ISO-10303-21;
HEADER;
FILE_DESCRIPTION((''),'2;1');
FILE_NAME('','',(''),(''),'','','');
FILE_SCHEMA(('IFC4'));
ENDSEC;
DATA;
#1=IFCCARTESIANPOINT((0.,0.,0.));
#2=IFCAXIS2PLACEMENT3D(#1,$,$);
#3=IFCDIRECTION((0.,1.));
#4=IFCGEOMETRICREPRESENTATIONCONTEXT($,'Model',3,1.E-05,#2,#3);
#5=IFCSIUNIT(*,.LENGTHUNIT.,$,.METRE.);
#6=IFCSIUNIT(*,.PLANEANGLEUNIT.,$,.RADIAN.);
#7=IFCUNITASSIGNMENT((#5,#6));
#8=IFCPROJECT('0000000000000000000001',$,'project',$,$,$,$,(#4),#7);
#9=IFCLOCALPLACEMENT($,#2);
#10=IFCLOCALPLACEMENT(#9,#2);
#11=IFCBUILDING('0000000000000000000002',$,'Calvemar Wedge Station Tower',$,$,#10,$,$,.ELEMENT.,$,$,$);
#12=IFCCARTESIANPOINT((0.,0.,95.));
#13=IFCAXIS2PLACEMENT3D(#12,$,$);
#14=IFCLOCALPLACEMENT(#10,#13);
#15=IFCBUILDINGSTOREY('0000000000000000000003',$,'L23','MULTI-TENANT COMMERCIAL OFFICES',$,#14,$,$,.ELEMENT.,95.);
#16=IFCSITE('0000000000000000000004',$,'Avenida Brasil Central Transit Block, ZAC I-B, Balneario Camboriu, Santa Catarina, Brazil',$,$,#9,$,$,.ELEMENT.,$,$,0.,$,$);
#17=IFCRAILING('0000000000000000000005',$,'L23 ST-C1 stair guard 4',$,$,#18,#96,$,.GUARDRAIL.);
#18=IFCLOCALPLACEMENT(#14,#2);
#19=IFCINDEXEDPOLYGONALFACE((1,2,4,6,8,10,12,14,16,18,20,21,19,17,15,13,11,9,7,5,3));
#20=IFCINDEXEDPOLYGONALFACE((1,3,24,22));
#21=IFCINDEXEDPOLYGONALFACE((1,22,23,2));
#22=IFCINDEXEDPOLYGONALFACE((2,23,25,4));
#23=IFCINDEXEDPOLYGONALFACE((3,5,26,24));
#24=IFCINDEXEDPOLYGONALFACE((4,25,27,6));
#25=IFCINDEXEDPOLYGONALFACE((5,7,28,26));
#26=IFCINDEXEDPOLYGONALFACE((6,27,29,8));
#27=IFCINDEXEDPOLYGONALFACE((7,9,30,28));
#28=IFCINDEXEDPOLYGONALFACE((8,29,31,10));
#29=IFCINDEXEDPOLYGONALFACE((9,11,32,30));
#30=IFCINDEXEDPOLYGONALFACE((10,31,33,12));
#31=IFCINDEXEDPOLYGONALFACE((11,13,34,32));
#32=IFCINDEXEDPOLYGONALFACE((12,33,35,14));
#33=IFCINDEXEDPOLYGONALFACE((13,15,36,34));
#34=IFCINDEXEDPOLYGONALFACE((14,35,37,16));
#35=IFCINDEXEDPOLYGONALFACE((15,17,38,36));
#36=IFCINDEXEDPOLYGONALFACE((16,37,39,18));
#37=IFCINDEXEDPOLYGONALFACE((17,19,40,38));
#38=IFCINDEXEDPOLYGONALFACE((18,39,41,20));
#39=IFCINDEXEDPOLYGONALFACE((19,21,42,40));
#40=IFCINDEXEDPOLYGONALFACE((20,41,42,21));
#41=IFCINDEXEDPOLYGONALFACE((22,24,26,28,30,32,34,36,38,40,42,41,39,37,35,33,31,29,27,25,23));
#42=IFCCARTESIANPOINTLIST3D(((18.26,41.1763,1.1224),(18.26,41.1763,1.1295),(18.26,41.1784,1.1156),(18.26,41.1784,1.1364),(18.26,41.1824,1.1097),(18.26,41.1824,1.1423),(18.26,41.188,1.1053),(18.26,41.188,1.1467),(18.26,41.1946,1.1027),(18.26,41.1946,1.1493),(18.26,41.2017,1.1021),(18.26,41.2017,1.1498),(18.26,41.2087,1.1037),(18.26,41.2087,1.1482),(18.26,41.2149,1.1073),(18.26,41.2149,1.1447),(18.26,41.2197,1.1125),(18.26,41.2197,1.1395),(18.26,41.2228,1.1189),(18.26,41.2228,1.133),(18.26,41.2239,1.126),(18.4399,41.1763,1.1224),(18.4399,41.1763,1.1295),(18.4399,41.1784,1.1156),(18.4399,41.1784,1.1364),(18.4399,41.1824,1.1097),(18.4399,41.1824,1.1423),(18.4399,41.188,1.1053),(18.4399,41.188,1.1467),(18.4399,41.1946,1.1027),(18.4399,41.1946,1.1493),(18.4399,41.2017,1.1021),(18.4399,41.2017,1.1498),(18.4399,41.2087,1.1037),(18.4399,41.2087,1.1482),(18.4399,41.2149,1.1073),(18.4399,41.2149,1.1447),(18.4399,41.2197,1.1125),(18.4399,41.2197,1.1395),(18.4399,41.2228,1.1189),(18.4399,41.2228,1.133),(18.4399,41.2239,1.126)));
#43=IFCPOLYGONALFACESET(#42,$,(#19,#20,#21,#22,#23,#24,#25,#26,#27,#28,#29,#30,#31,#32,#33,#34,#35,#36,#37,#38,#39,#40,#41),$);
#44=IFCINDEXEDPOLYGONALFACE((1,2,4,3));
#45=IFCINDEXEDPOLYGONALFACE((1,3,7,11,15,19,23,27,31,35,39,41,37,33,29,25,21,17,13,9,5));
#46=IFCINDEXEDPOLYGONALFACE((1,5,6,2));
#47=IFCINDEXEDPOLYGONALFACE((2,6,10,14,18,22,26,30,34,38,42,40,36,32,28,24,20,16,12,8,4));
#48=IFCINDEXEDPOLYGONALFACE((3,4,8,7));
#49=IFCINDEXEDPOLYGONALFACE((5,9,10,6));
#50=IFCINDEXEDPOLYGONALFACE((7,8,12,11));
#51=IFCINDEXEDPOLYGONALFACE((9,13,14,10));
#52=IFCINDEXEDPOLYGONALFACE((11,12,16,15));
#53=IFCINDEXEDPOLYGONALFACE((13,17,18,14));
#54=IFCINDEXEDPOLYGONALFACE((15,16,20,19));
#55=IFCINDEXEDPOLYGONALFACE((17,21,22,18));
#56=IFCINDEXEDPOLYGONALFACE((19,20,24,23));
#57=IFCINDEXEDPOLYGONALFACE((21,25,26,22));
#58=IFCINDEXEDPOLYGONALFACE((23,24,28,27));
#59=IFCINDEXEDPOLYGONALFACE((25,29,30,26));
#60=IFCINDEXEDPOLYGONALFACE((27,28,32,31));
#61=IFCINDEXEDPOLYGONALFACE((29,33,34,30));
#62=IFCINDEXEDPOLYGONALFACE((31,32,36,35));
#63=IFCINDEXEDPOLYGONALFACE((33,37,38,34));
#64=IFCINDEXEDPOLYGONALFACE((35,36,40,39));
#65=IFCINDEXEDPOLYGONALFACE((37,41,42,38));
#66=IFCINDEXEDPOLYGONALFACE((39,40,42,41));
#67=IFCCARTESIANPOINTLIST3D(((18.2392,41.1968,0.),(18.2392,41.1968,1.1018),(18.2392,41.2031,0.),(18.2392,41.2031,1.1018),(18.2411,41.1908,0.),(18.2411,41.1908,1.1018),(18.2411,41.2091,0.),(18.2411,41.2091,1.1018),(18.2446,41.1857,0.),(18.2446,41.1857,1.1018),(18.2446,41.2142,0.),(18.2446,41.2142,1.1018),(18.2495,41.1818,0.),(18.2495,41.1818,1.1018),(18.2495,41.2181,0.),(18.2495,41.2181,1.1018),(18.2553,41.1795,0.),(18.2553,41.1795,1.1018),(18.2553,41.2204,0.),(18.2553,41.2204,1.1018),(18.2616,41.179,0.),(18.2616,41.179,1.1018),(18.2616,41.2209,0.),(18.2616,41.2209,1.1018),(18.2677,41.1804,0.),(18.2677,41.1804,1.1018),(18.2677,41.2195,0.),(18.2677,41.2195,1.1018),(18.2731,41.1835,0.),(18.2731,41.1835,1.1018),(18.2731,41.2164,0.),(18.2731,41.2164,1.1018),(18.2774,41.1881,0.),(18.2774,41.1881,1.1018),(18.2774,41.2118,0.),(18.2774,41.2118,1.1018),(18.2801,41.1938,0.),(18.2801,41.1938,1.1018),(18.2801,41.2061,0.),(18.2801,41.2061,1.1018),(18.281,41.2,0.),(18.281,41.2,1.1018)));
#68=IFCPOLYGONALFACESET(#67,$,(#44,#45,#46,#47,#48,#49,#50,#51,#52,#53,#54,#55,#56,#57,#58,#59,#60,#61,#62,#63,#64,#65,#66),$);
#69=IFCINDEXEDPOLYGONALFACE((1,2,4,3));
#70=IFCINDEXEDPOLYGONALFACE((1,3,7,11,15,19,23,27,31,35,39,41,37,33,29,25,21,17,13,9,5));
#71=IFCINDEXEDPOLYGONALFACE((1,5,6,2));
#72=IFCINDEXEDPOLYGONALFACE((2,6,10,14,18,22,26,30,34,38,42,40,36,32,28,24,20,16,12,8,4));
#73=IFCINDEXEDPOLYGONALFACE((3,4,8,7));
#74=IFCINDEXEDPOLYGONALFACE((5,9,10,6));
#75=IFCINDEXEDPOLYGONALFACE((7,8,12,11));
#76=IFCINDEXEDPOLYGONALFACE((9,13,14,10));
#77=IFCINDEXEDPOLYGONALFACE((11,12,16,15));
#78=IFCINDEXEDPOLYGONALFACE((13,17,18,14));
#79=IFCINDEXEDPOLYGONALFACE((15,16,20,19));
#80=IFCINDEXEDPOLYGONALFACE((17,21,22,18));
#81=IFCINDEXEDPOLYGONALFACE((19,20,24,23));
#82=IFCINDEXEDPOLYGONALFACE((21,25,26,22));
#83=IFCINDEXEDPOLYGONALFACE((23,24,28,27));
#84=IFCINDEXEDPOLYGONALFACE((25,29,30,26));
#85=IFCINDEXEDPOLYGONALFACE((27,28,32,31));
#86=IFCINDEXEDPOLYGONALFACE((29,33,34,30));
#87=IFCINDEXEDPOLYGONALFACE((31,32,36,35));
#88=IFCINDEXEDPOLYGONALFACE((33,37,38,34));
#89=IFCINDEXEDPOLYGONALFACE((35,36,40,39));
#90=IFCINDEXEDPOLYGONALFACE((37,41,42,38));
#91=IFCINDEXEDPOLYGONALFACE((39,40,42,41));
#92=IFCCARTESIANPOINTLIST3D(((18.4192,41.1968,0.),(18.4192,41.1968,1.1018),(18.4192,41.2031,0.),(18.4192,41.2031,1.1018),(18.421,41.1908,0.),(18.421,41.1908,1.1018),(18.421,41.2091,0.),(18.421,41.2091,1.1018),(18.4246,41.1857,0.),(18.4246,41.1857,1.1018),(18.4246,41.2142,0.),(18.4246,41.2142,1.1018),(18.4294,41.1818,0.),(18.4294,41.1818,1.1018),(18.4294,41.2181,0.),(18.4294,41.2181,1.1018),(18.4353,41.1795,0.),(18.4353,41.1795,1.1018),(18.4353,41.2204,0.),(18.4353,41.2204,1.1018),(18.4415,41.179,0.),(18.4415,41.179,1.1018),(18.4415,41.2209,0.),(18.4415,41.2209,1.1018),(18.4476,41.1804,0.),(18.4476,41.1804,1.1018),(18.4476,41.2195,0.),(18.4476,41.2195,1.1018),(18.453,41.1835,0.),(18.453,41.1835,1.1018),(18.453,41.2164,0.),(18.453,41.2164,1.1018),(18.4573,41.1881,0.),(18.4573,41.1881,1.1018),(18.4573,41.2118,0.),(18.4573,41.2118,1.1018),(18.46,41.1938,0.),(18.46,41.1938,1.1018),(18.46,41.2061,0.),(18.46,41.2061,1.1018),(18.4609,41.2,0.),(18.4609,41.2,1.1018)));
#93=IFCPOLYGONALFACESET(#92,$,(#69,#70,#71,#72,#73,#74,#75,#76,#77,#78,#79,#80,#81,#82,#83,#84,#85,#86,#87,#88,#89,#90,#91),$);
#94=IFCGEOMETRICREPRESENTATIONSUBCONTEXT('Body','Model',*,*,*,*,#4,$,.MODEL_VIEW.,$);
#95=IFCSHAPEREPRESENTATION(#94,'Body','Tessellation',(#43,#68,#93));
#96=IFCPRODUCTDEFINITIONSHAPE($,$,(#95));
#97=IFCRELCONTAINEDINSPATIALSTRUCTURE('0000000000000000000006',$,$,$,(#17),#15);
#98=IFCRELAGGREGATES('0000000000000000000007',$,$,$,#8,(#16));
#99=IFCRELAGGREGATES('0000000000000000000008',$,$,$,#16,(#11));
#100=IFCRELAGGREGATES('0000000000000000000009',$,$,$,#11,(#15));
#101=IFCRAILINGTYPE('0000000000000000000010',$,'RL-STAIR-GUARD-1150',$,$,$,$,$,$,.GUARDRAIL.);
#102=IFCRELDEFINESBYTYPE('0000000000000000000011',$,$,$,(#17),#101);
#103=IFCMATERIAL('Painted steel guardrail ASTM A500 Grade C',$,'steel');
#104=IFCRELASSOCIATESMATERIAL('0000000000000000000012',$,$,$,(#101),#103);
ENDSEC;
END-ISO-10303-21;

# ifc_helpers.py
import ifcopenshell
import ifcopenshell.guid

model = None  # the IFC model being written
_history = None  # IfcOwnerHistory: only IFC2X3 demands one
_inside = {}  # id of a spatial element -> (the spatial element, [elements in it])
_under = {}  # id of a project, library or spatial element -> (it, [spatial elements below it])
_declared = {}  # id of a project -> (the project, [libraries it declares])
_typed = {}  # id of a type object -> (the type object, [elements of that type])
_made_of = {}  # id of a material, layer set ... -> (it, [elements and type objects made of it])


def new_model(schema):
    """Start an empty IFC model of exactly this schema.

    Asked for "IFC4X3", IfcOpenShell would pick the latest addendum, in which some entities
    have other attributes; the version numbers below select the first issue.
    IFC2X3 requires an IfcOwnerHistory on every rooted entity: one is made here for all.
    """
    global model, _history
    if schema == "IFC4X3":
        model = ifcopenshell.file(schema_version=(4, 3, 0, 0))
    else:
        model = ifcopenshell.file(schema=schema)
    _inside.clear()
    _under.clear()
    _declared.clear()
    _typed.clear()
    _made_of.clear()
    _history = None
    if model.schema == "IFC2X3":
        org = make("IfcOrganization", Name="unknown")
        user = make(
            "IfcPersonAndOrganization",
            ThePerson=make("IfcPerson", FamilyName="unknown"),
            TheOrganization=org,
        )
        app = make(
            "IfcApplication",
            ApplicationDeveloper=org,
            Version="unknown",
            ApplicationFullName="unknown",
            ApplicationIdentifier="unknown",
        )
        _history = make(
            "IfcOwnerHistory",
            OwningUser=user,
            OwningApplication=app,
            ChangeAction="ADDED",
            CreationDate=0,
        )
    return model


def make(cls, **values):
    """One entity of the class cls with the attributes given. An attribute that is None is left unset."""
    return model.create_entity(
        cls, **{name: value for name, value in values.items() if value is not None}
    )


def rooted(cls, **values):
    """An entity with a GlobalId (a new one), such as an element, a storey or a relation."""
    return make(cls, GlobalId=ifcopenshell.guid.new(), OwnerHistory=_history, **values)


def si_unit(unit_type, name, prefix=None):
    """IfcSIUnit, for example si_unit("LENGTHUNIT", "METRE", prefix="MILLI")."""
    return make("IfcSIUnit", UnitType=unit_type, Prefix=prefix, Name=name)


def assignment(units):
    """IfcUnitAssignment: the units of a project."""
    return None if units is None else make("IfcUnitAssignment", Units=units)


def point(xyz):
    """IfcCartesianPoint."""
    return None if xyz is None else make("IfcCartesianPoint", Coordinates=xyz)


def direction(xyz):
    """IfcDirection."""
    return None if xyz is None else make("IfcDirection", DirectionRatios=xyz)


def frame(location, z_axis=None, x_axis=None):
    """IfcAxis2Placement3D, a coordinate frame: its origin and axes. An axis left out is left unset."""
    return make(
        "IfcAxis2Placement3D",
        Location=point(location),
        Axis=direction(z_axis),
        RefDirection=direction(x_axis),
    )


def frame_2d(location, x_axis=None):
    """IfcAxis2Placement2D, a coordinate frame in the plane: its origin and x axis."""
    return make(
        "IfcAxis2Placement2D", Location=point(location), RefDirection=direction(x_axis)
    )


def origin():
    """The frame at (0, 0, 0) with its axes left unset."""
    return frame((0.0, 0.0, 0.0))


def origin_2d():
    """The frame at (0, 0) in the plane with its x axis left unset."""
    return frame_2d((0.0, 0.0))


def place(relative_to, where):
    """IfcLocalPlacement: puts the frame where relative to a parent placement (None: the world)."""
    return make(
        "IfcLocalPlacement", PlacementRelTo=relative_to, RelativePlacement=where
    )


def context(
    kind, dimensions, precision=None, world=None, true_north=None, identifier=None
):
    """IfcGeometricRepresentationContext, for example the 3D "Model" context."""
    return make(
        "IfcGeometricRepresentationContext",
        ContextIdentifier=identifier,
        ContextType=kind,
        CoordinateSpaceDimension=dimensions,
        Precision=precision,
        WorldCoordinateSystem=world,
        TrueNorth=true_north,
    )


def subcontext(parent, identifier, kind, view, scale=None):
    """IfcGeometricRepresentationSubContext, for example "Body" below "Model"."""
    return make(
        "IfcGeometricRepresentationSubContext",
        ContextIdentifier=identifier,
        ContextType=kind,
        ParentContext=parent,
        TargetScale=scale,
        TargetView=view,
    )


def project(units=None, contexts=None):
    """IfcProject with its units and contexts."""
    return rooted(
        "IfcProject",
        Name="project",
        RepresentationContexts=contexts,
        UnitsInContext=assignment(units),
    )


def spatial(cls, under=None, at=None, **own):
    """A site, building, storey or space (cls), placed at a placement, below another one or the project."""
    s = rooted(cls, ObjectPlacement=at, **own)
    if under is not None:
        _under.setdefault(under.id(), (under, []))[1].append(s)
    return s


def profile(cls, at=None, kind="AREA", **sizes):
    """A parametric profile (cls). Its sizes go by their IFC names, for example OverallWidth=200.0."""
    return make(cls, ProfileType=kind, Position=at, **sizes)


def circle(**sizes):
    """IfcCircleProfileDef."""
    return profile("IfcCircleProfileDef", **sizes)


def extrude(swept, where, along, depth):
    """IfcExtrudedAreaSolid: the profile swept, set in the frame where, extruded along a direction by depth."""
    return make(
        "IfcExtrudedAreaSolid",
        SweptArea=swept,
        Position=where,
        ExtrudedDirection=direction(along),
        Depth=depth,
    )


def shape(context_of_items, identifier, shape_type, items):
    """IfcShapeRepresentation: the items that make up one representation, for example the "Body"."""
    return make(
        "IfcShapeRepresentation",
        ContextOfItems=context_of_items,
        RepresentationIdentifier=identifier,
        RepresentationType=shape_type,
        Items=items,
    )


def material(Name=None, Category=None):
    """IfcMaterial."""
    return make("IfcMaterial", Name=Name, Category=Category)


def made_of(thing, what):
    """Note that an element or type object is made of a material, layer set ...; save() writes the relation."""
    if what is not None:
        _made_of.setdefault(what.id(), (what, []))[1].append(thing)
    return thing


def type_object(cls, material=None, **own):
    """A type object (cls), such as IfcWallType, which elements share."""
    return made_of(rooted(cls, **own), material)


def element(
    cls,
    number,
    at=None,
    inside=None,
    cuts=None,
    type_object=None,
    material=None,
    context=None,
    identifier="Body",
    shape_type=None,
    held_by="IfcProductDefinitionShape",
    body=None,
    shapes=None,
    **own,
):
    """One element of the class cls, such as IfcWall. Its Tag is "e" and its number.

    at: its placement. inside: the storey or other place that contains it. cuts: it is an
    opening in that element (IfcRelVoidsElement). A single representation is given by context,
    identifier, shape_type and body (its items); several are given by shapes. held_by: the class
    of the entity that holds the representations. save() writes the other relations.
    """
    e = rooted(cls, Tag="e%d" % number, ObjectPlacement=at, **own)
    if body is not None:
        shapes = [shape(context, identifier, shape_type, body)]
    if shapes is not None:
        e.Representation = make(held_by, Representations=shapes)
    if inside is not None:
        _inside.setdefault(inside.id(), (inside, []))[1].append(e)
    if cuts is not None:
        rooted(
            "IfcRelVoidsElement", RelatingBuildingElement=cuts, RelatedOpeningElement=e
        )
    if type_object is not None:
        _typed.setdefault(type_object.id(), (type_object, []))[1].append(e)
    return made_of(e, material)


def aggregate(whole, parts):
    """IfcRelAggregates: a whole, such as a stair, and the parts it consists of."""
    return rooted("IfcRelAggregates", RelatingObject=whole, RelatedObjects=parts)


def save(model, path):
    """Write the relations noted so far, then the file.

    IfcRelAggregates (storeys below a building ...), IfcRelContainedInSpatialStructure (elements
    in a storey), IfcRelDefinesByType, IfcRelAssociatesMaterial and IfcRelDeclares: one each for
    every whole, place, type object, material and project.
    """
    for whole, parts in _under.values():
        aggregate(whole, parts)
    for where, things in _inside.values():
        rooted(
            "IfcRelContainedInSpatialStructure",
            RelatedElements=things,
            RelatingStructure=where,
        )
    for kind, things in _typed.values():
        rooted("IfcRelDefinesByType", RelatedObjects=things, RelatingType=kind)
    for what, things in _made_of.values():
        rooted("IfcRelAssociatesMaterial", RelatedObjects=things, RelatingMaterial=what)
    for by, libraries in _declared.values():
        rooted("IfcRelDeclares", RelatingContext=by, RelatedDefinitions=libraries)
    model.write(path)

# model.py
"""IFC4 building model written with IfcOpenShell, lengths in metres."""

from ifc_helpers import new_model, si_unit, direction, frame, origin, origin_2d, place, context, subcontext, project, spatial, circle, extrude, material, type_object, element, save


model = new_model("IFC4")

# Units and contexts
model_context = context("Model", 3, precision=1e-05, world=origin(), true_north=direction((0.0, 1.0)))
body_context = subcontext(model_context, "Body", "Model", "MODEL_VIEW")
ifc_project = project(units=[si_unit("LENGTHUNIT", "METRE"), si_unit("PLANEANGLEUNIT", "RADIAN")], contexts=[model_context])

# Site, building, storey
site_placement = place(None, origin())
site = spatial("IfcSite", under=ifc_project, at=site_placement, Name="Avenida Brasil Central Transit Block, ZAC I-B, Balneario Camboriu, Santa Catarina, Brazil", CompositionType="ELEMENT", RefElevation=0.0)
building_placement = place(site_placement, origin())
building = spatial("IfcBuilding", under=site, at=building_placement, Name="Calvemar Wedge Station Tower", CompositionType="ELEMENT")
storey_placement = place(building_placement, frame((0.0, 0.0, 95.0)))
storey = spatial("IfcBuildingStorey", under=building, at=storey_placement, Name="L23", Description="MULTI-TENANT COMMERCIAL OFFICES", CompositionType="ELEMENT", Elevation=95.0)

# Railing
ifc_material_1 = material(Name="Painted steel guardrail ASTM A500 Grade C", Category="steel")
railing_type = type_object("IfcRailingType", Name="RL-STAIR-GUARD-1150", PredefinedType="GUARDRAIL", material=ifc_material_1)
railing_1_placement = place(storey_placement, frame((18.26, 41.2, 0.0)))
element("IfcRailing", 1, at=railing_1_placement, inside=storey, type_object=railing_type, Name="L23 ST-C1 stair guard 4", PredefinedType="GUARDRAIL", context=body_context, shape_type="SweptSolid", body=[
    extrude(circle(Radius=0.0239, at=origin_2d()), frame((0.0, 0.0, 1.126), z_axis=(1.0, 0.0, 0.0), x_axis=(0.0, 1.0, 0.0)), (0.0, 0.0, 1.0), 0.1799),
    extrude(circle(Radius=0.021, at=origin_2d()), origin(), (0.0, 0.0, 1.0), 1.1018),
    extrude(circle(Radius=0.021, at=origin_2d()), frame((0.1799, 0.0, 0.0)), (0.0, 0.0, 1.0), 1.1018),
])

save(model, "model.ifc")
